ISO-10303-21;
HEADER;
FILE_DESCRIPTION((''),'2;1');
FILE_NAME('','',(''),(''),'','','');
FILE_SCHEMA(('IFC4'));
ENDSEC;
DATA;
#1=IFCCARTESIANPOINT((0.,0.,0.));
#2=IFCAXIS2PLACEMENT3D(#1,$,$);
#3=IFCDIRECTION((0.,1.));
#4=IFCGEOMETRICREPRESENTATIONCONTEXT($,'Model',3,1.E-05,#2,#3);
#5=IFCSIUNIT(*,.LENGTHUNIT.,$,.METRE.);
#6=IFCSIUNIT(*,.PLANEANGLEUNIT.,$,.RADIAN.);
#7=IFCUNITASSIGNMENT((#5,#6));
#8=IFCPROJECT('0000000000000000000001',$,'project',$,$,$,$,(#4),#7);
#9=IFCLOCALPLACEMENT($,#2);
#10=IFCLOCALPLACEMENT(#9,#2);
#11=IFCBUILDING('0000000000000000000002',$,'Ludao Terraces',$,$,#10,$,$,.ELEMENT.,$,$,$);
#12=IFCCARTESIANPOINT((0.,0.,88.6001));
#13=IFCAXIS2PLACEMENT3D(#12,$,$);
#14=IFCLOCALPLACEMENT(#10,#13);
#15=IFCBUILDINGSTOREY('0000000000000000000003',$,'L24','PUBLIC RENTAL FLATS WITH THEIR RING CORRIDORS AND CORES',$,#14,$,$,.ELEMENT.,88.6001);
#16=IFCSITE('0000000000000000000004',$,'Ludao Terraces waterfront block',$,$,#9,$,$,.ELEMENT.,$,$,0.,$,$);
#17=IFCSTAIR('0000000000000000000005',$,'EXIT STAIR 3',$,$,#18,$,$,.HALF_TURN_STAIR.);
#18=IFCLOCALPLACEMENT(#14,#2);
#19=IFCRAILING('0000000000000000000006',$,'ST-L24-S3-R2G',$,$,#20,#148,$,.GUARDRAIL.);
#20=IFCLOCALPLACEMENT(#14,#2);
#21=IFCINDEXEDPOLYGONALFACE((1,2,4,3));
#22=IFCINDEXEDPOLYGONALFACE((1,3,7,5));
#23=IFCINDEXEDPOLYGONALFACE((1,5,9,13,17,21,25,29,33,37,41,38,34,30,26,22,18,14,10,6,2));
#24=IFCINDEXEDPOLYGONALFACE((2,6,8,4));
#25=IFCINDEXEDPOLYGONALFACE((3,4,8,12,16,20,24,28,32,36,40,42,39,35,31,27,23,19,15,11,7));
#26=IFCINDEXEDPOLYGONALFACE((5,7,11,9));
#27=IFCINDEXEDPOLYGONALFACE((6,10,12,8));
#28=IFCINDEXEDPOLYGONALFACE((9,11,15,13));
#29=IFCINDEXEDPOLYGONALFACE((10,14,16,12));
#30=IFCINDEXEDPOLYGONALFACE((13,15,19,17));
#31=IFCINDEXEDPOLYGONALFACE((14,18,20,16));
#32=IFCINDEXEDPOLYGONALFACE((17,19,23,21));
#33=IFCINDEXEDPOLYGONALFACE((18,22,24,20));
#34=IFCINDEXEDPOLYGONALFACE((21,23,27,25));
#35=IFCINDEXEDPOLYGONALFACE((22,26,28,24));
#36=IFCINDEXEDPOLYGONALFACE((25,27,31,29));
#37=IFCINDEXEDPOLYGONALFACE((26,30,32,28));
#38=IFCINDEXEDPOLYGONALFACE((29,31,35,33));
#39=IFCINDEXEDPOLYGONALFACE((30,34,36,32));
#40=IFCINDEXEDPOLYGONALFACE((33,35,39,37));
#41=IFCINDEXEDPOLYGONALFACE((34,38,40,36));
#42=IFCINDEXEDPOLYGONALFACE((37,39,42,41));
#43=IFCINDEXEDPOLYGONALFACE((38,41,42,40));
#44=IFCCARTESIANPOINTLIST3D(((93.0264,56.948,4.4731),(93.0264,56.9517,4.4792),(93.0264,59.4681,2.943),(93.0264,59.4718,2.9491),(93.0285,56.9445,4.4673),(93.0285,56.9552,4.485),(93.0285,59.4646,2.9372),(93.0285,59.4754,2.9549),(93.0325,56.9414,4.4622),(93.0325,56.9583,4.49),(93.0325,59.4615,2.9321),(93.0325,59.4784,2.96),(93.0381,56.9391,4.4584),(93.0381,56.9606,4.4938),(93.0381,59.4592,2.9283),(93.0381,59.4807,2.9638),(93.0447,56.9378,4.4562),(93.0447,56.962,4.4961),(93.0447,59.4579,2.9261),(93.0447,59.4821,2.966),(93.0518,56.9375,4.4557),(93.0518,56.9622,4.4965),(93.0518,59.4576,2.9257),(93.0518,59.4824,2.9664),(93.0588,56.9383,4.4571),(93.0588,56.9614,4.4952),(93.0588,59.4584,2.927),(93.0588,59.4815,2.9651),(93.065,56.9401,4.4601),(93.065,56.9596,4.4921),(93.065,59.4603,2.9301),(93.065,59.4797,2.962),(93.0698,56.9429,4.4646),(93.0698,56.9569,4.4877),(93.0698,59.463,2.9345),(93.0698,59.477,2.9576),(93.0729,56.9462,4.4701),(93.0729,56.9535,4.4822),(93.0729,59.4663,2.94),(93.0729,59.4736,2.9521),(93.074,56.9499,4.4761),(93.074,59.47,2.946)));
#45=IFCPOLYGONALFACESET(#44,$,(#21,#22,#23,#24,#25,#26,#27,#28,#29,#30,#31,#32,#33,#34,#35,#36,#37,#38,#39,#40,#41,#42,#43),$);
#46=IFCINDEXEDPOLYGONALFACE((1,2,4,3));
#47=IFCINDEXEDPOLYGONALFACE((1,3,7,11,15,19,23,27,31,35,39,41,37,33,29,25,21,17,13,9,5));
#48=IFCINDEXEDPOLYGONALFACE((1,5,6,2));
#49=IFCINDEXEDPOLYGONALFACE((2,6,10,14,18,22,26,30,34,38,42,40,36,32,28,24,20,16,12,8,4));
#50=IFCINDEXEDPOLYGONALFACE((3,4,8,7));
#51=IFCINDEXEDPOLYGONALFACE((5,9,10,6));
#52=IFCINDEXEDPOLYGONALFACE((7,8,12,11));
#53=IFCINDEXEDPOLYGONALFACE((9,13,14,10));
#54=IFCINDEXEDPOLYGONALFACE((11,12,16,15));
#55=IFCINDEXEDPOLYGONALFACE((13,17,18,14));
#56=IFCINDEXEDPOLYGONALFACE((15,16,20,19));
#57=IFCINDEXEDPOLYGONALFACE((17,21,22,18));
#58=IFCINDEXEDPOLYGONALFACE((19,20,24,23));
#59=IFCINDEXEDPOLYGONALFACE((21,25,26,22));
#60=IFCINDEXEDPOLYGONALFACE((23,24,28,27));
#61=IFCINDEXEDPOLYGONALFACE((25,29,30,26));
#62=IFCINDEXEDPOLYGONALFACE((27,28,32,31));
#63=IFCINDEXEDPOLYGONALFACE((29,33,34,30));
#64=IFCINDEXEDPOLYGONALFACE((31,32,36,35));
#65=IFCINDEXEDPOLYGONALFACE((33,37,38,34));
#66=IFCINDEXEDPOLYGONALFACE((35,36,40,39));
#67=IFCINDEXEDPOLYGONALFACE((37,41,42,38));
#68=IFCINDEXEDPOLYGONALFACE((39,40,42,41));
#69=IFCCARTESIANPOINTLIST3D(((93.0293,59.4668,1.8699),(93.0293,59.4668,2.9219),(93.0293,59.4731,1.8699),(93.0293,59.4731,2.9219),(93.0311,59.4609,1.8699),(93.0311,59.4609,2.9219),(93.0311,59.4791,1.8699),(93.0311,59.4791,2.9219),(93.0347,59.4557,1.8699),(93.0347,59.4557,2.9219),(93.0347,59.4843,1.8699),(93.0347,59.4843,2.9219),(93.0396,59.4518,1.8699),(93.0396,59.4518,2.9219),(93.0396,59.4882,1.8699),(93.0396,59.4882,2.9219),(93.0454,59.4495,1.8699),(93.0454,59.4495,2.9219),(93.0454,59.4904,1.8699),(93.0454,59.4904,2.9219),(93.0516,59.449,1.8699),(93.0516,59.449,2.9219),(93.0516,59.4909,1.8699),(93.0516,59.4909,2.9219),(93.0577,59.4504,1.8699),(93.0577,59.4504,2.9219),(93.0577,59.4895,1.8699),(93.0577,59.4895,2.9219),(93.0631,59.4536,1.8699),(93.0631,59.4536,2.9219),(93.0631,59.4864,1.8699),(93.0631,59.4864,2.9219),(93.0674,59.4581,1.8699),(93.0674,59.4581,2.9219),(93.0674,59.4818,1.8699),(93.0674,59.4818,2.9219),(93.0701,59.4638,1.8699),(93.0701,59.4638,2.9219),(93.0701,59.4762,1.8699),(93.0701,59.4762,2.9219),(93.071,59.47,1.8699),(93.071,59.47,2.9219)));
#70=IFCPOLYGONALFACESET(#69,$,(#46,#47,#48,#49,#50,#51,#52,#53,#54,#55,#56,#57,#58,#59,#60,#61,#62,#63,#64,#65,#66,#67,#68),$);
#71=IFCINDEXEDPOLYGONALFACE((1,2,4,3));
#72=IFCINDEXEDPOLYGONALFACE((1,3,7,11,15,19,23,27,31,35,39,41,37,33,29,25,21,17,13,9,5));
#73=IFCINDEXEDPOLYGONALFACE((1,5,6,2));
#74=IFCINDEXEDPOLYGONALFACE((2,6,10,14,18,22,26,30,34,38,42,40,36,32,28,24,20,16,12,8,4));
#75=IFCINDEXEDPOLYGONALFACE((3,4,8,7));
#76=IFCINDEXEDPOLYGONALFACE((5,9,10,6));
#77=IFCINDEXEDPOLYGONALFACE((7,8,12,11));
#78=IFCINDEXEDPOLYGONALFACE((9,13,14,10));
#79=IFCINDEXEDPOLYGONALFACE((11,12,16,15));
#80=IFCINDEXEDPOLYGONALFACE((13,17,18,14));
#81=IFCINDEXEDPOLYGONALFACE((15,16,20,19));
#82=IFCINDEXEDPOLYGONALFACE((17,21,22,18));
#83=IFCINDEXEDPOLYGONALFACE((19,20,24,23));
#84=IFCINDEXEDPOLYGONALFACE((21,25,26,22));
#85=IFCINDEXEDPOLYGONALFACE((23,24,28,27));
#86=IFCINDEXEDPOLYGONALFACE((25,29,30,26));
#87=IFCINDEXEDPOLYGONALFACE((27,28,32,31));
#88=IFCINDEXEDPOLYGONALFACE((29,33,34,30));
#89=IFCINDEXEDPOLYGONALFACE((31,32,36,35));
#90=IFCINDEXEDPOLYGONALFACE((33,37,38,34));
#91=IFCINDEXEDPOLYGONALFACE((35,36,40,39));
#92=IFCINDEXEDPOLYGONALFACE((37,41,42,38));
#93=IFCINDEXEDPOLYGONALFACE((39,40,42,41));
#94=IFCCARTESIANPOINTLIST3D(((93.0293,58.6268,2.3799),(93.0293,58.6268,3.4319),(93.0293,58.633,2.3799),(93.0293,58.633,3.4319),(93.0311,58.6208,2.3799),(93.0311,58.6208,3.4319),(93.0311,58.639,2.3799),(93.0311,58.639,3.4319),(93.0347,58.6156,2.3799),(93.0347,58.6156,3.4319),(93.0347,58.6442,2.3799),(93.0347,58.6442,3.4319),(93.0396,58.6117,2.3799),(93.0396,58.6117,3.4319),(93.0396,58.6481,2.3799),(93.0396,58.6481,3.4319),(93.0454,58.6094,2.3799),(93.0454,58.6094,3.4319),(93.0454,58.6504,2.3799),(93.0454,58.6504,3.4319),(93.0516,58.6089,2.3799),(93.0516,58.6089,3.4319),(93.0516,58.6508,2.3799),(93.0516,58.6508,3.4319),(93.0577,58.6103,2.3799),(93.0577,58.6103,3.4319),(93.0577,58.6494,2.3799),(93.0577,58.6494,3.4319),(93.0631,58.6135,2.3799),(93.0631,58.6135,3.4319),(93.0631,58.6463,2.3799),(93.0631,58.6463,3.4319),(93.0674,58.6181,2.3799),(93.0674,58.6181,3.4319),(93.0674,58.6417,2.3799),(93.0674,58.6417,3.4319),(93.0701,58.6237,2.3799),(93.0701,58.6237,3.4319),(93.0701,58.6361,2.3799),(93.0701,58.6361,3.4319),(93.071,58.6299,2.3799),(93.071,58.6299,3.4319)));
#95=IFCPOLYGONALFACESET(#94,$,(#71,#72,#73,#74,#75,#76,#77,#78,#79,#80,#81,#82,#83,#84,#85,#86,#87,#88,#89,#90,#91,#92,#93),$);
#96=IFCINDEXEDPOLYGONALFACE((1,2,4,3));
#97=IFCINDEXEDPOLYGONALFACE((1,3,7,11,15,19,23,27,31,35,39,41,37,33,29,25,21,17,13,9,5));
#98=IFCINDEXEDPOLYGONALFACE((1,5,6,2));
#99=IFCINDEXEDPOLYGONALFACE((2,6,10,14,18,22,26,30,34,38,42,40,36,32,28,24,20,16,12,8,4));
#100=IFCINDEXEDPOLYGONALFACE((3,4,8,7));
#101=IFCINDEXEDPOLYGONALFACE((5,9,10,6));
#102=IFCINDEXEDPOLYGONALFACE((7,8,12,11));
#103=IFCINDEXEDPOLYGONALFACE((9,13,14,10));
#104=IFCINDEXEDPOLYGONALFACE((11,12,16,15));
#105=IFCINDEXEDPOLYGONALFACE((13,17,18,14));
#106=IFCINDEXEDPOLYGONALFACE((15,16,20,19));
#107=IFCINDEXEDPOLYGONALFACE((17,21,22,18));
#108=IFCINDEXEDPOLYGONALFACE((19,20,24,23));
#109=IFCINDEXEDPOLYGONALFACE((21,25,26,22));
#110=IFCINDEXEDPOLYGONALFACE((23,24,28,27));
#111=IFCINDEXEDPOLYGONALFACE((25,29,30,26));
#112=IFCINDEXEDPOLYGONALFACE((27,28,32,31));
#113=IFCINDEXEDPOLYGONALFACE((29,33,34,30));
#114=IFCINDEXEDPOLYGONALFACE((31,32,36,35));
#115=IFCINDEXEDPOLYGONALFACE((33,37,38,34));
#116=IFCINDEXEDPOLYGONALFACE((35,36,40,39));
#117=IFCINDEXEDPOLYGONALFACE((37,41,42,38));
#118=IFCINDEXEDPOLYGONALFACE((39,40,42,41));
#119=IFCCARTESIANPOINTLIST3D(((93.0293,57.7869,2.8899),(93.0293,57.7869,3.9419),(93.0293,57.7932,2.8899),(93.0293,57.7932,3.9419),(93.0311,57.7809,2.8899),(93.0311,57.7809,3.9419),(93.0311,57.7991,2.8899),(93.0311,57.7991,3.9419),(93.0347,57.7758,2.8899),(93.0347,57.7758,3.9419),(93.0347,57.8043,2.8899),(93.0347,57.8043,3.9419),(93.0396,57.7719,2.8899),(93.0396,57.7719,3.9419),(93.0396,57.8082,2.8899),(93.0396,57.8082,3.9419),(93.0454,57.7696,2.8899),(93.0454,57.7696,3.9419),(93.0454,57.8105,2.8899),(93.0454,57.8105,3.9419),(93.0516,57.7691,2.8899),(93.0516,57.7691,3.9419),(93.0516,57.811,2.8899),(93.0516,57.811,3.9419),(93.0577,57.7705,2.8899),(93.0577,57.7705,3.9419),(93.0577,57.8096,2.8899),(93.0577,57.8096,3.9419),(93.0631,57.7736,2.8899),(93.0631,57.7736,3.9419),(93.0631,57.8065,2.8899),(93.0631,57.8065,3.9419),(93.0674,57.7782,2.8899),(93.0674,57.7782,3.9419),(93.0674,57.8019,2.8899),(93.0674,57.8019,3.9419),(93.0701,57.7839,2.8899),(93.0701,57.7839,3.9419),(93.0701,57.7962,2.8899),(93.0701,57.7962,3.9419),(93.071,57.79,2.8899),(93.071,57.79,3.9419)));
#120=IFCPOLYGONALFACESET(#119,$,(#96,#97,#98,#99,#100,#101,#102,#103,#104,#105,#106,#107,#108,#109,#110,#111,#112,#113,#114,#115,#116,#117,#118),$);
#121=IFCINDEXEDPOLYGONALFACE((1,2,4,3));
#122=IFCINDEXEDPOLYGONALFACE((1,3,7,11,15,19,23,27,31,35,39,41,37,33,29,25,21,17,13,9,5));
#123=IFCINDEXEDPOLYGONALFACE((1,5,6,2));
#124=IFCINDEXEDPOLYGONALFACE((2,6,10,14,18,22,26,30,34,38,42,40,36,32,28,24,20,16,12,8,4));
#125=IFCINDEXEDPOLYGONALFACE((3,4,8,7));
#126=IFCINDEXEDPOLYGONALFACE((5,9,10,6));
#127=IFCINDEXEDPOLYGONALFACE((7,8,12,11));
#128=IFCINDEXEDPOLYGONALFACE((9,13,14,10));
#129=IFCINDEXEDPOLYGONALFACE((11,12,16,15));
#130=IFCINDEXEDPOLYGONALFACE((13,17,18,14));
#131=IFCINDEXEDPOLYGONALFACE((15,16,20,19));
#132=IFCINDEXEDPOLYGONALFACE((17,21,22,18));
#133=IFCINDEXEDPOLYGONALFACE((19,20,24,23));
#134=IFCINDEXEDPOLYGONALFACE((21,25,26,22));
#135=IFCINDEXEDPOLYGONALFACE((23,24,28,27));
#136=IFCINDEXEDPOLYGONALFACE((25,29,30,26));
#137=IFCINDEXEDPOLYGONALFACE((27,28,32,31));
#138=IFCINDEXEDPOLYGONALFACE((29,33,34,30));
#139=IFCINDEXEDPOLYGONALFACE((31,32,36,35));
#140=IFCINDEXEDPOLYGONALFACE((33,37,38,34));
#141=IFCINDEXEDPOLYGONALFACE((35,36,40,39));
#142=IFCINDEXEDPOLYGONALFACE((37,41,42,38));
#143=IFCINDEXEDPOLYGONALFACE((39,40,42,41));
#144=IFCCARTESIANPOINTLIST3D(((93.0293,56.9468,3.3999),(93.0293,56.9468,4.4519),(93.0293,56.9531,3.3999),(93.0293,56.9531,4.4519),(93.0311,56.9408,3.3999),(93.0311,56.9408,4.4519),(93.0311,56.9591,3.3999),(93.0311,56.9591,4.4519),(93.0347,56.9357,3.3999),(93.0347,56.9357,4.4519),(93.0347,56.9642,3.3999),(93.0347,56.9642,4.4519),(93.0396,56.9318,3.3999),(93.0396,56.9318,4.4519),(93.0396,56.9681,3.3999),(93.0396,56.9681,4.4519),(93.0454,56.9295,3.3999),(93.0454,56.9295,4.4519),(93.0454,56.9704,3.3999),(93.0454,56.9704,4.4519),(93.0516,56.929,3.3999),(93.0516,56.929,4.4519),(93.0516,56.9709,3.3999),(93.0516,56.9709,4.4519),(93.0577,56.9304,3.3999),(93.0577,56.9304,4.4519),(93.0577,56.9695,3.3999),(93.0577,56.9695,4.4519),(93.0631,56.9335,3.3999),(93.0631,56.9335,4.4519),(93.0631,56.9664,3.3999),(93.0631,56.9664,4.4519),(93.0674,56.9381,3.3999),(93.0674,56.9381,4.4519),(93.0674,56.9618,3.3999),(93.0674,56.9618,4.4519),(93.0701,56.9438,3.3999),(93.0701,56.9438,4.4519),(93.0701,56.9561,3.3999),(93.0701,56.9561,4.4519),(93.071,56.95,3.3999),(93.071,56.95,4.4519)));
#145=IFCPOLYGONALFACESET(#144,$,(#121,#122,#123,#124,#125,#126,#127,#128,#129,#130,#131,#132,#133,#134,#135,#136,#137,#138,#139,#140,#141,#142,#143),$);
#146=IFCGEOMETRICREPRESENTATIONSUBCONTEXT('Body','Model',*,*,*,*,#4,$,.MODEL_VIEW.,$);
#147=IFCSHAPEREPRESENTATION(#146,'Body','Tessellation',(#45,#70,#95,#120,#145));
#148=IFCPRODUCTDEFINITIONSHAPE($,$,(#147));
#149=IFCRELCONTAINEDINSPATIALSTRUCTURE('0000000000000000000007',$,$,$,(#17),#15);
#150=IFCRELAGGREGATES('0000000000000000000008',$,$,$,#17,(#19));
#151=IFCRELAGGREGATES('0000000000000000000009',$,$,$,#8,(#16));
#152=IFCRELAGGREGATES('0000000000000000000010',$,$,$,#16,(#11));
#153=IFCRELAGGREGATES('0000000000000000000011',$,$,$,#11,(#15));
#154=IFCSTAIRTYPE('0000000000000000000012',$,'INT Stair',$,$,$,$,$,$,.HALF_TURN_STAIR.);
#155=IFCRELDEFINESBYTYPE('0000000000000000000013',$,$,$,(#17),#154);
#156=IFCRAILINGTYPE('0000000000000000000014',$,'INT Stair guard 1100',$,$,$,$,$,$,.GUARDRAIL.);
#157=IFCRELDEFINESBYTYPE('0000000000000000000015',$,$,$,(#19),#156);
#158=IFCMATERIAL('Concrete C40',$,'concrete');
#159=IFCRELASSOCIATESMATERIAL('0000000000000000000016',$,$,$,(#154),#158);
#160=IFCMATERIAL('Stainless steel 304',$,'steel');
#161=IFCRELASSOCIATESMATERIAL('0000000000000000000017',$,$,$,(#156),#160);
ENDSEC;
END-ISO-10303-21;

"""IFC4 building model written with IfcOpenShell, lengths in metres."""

from ifc_helpers import new_model, si_unit, direction, frame, origin, origin_2d, place, context, subcontext, project, spatial, circle, extrude, material, type_object, element, aggregate, save


model = new_model("IFC4")

# Units and contexts
model_context = context("Model", 3, precision=1e-05, world=origin(), true_north=direction((0.0, 1.0)))
body_context = subcontext(model_context, "Body", "Model", "MODEL_VIEW")
ifc_project = project(units=[si_unit("LENGTHUNIT", "METRE"), si_unit("PLANEANGLEUNIT", "RADIAN")], contexts=[model_context])

# Site, building, storey
site_placement = place(None, origin())
site = spatial("IfcSite", under=ifc_project, at=site_placement, Name="Ludao Terraces waterfront block", CompositionType="ELEMENT", RefElevation=0.0)
building_placement = place(site_placement, origin())
building = spatial("IfcBuilding", under=site, at=building_placement, Name="Ludao Terraces", CompositionType="ELEMENT")
storey_placement = place(building_placement, frame((0.0, 0.0, 88.6001)))
storey = spatial("IfcBuildingStorey", under=building, at=storey_placement, Name="L24", Description="PUBLIC RENTAL FLATS WITH THEIR RING CORRIDORS AND CORES", CompositionType="ELEMENT", Elevation=88.6001)

# Shared definitions
ifc_material_1 = material(Name="Concrete C40", Category="concrete")

# Stair, railing
stair_type = type_object("IfcStairType", Name="INT Stair", PredefinedType="HALF_TURN_STAIR", material=ifc_material_1)
stair_placement = place(storey_placement, origin())
stair = element("IfcStair", 1, at=stair_placement, inside=storey, type_object=stair_type, Name="EXIT STAIR 3", PredefinedType="HALF_TURN_STAIR")
ifc_material_2 = material(Name="Stainless steel 304", Category="steel")
railing_type_1 = type_object("IfcRailingType", Name="INT Stair guard 1100", PredefinedType="GUARDRAIL", material=ifc_material_2)
railing_1_placement = place(storey_placement, frame((93.05, 59.47, 1.8699)))
railing_1 = element("IfcRailing", 2, at=railing_1_placement, type_object=railing_type_1, Name="ST-L24-S3-R2G", PredefinedType="GUARDRAIL", context=body_context, shape_type="SweptSolid", body=[
    extrude(circle(Radius=0.0239, at=origin_2d()), frame((0.0, 0.0, 1.0762), z_axis=(0.0, -0.854785, 0.518982), x_axis=(1.0, 0.0, 0.0)), (0.0, 0.0, 1.0), 2.9482),
    extrude(circle(Radius=0.021, at=origin_2d()), origin(), (0.0, 0.0, 1.0), 1.052),
    extrude(circle(Radius=0.021, at=origin_2d()), frame((0.0, -0.8401, 0.51)), (0.0, 0.0, 1.0), 1.052),
    extrude(circle(Radius=0.021, at=origin_2d()), frame((0.0, -1.6799, 1.02)), (0.0, 0.0, 1.0), 1.052),
    extrude(circle(Radius=0.021, at=origin_2d()), frame((0.0, -2.52, 1.53)), (0.0, 0.0, 1.0), 1.052),
])
aggregate(stair, [railing_1])

save(model, "model.ifc")
